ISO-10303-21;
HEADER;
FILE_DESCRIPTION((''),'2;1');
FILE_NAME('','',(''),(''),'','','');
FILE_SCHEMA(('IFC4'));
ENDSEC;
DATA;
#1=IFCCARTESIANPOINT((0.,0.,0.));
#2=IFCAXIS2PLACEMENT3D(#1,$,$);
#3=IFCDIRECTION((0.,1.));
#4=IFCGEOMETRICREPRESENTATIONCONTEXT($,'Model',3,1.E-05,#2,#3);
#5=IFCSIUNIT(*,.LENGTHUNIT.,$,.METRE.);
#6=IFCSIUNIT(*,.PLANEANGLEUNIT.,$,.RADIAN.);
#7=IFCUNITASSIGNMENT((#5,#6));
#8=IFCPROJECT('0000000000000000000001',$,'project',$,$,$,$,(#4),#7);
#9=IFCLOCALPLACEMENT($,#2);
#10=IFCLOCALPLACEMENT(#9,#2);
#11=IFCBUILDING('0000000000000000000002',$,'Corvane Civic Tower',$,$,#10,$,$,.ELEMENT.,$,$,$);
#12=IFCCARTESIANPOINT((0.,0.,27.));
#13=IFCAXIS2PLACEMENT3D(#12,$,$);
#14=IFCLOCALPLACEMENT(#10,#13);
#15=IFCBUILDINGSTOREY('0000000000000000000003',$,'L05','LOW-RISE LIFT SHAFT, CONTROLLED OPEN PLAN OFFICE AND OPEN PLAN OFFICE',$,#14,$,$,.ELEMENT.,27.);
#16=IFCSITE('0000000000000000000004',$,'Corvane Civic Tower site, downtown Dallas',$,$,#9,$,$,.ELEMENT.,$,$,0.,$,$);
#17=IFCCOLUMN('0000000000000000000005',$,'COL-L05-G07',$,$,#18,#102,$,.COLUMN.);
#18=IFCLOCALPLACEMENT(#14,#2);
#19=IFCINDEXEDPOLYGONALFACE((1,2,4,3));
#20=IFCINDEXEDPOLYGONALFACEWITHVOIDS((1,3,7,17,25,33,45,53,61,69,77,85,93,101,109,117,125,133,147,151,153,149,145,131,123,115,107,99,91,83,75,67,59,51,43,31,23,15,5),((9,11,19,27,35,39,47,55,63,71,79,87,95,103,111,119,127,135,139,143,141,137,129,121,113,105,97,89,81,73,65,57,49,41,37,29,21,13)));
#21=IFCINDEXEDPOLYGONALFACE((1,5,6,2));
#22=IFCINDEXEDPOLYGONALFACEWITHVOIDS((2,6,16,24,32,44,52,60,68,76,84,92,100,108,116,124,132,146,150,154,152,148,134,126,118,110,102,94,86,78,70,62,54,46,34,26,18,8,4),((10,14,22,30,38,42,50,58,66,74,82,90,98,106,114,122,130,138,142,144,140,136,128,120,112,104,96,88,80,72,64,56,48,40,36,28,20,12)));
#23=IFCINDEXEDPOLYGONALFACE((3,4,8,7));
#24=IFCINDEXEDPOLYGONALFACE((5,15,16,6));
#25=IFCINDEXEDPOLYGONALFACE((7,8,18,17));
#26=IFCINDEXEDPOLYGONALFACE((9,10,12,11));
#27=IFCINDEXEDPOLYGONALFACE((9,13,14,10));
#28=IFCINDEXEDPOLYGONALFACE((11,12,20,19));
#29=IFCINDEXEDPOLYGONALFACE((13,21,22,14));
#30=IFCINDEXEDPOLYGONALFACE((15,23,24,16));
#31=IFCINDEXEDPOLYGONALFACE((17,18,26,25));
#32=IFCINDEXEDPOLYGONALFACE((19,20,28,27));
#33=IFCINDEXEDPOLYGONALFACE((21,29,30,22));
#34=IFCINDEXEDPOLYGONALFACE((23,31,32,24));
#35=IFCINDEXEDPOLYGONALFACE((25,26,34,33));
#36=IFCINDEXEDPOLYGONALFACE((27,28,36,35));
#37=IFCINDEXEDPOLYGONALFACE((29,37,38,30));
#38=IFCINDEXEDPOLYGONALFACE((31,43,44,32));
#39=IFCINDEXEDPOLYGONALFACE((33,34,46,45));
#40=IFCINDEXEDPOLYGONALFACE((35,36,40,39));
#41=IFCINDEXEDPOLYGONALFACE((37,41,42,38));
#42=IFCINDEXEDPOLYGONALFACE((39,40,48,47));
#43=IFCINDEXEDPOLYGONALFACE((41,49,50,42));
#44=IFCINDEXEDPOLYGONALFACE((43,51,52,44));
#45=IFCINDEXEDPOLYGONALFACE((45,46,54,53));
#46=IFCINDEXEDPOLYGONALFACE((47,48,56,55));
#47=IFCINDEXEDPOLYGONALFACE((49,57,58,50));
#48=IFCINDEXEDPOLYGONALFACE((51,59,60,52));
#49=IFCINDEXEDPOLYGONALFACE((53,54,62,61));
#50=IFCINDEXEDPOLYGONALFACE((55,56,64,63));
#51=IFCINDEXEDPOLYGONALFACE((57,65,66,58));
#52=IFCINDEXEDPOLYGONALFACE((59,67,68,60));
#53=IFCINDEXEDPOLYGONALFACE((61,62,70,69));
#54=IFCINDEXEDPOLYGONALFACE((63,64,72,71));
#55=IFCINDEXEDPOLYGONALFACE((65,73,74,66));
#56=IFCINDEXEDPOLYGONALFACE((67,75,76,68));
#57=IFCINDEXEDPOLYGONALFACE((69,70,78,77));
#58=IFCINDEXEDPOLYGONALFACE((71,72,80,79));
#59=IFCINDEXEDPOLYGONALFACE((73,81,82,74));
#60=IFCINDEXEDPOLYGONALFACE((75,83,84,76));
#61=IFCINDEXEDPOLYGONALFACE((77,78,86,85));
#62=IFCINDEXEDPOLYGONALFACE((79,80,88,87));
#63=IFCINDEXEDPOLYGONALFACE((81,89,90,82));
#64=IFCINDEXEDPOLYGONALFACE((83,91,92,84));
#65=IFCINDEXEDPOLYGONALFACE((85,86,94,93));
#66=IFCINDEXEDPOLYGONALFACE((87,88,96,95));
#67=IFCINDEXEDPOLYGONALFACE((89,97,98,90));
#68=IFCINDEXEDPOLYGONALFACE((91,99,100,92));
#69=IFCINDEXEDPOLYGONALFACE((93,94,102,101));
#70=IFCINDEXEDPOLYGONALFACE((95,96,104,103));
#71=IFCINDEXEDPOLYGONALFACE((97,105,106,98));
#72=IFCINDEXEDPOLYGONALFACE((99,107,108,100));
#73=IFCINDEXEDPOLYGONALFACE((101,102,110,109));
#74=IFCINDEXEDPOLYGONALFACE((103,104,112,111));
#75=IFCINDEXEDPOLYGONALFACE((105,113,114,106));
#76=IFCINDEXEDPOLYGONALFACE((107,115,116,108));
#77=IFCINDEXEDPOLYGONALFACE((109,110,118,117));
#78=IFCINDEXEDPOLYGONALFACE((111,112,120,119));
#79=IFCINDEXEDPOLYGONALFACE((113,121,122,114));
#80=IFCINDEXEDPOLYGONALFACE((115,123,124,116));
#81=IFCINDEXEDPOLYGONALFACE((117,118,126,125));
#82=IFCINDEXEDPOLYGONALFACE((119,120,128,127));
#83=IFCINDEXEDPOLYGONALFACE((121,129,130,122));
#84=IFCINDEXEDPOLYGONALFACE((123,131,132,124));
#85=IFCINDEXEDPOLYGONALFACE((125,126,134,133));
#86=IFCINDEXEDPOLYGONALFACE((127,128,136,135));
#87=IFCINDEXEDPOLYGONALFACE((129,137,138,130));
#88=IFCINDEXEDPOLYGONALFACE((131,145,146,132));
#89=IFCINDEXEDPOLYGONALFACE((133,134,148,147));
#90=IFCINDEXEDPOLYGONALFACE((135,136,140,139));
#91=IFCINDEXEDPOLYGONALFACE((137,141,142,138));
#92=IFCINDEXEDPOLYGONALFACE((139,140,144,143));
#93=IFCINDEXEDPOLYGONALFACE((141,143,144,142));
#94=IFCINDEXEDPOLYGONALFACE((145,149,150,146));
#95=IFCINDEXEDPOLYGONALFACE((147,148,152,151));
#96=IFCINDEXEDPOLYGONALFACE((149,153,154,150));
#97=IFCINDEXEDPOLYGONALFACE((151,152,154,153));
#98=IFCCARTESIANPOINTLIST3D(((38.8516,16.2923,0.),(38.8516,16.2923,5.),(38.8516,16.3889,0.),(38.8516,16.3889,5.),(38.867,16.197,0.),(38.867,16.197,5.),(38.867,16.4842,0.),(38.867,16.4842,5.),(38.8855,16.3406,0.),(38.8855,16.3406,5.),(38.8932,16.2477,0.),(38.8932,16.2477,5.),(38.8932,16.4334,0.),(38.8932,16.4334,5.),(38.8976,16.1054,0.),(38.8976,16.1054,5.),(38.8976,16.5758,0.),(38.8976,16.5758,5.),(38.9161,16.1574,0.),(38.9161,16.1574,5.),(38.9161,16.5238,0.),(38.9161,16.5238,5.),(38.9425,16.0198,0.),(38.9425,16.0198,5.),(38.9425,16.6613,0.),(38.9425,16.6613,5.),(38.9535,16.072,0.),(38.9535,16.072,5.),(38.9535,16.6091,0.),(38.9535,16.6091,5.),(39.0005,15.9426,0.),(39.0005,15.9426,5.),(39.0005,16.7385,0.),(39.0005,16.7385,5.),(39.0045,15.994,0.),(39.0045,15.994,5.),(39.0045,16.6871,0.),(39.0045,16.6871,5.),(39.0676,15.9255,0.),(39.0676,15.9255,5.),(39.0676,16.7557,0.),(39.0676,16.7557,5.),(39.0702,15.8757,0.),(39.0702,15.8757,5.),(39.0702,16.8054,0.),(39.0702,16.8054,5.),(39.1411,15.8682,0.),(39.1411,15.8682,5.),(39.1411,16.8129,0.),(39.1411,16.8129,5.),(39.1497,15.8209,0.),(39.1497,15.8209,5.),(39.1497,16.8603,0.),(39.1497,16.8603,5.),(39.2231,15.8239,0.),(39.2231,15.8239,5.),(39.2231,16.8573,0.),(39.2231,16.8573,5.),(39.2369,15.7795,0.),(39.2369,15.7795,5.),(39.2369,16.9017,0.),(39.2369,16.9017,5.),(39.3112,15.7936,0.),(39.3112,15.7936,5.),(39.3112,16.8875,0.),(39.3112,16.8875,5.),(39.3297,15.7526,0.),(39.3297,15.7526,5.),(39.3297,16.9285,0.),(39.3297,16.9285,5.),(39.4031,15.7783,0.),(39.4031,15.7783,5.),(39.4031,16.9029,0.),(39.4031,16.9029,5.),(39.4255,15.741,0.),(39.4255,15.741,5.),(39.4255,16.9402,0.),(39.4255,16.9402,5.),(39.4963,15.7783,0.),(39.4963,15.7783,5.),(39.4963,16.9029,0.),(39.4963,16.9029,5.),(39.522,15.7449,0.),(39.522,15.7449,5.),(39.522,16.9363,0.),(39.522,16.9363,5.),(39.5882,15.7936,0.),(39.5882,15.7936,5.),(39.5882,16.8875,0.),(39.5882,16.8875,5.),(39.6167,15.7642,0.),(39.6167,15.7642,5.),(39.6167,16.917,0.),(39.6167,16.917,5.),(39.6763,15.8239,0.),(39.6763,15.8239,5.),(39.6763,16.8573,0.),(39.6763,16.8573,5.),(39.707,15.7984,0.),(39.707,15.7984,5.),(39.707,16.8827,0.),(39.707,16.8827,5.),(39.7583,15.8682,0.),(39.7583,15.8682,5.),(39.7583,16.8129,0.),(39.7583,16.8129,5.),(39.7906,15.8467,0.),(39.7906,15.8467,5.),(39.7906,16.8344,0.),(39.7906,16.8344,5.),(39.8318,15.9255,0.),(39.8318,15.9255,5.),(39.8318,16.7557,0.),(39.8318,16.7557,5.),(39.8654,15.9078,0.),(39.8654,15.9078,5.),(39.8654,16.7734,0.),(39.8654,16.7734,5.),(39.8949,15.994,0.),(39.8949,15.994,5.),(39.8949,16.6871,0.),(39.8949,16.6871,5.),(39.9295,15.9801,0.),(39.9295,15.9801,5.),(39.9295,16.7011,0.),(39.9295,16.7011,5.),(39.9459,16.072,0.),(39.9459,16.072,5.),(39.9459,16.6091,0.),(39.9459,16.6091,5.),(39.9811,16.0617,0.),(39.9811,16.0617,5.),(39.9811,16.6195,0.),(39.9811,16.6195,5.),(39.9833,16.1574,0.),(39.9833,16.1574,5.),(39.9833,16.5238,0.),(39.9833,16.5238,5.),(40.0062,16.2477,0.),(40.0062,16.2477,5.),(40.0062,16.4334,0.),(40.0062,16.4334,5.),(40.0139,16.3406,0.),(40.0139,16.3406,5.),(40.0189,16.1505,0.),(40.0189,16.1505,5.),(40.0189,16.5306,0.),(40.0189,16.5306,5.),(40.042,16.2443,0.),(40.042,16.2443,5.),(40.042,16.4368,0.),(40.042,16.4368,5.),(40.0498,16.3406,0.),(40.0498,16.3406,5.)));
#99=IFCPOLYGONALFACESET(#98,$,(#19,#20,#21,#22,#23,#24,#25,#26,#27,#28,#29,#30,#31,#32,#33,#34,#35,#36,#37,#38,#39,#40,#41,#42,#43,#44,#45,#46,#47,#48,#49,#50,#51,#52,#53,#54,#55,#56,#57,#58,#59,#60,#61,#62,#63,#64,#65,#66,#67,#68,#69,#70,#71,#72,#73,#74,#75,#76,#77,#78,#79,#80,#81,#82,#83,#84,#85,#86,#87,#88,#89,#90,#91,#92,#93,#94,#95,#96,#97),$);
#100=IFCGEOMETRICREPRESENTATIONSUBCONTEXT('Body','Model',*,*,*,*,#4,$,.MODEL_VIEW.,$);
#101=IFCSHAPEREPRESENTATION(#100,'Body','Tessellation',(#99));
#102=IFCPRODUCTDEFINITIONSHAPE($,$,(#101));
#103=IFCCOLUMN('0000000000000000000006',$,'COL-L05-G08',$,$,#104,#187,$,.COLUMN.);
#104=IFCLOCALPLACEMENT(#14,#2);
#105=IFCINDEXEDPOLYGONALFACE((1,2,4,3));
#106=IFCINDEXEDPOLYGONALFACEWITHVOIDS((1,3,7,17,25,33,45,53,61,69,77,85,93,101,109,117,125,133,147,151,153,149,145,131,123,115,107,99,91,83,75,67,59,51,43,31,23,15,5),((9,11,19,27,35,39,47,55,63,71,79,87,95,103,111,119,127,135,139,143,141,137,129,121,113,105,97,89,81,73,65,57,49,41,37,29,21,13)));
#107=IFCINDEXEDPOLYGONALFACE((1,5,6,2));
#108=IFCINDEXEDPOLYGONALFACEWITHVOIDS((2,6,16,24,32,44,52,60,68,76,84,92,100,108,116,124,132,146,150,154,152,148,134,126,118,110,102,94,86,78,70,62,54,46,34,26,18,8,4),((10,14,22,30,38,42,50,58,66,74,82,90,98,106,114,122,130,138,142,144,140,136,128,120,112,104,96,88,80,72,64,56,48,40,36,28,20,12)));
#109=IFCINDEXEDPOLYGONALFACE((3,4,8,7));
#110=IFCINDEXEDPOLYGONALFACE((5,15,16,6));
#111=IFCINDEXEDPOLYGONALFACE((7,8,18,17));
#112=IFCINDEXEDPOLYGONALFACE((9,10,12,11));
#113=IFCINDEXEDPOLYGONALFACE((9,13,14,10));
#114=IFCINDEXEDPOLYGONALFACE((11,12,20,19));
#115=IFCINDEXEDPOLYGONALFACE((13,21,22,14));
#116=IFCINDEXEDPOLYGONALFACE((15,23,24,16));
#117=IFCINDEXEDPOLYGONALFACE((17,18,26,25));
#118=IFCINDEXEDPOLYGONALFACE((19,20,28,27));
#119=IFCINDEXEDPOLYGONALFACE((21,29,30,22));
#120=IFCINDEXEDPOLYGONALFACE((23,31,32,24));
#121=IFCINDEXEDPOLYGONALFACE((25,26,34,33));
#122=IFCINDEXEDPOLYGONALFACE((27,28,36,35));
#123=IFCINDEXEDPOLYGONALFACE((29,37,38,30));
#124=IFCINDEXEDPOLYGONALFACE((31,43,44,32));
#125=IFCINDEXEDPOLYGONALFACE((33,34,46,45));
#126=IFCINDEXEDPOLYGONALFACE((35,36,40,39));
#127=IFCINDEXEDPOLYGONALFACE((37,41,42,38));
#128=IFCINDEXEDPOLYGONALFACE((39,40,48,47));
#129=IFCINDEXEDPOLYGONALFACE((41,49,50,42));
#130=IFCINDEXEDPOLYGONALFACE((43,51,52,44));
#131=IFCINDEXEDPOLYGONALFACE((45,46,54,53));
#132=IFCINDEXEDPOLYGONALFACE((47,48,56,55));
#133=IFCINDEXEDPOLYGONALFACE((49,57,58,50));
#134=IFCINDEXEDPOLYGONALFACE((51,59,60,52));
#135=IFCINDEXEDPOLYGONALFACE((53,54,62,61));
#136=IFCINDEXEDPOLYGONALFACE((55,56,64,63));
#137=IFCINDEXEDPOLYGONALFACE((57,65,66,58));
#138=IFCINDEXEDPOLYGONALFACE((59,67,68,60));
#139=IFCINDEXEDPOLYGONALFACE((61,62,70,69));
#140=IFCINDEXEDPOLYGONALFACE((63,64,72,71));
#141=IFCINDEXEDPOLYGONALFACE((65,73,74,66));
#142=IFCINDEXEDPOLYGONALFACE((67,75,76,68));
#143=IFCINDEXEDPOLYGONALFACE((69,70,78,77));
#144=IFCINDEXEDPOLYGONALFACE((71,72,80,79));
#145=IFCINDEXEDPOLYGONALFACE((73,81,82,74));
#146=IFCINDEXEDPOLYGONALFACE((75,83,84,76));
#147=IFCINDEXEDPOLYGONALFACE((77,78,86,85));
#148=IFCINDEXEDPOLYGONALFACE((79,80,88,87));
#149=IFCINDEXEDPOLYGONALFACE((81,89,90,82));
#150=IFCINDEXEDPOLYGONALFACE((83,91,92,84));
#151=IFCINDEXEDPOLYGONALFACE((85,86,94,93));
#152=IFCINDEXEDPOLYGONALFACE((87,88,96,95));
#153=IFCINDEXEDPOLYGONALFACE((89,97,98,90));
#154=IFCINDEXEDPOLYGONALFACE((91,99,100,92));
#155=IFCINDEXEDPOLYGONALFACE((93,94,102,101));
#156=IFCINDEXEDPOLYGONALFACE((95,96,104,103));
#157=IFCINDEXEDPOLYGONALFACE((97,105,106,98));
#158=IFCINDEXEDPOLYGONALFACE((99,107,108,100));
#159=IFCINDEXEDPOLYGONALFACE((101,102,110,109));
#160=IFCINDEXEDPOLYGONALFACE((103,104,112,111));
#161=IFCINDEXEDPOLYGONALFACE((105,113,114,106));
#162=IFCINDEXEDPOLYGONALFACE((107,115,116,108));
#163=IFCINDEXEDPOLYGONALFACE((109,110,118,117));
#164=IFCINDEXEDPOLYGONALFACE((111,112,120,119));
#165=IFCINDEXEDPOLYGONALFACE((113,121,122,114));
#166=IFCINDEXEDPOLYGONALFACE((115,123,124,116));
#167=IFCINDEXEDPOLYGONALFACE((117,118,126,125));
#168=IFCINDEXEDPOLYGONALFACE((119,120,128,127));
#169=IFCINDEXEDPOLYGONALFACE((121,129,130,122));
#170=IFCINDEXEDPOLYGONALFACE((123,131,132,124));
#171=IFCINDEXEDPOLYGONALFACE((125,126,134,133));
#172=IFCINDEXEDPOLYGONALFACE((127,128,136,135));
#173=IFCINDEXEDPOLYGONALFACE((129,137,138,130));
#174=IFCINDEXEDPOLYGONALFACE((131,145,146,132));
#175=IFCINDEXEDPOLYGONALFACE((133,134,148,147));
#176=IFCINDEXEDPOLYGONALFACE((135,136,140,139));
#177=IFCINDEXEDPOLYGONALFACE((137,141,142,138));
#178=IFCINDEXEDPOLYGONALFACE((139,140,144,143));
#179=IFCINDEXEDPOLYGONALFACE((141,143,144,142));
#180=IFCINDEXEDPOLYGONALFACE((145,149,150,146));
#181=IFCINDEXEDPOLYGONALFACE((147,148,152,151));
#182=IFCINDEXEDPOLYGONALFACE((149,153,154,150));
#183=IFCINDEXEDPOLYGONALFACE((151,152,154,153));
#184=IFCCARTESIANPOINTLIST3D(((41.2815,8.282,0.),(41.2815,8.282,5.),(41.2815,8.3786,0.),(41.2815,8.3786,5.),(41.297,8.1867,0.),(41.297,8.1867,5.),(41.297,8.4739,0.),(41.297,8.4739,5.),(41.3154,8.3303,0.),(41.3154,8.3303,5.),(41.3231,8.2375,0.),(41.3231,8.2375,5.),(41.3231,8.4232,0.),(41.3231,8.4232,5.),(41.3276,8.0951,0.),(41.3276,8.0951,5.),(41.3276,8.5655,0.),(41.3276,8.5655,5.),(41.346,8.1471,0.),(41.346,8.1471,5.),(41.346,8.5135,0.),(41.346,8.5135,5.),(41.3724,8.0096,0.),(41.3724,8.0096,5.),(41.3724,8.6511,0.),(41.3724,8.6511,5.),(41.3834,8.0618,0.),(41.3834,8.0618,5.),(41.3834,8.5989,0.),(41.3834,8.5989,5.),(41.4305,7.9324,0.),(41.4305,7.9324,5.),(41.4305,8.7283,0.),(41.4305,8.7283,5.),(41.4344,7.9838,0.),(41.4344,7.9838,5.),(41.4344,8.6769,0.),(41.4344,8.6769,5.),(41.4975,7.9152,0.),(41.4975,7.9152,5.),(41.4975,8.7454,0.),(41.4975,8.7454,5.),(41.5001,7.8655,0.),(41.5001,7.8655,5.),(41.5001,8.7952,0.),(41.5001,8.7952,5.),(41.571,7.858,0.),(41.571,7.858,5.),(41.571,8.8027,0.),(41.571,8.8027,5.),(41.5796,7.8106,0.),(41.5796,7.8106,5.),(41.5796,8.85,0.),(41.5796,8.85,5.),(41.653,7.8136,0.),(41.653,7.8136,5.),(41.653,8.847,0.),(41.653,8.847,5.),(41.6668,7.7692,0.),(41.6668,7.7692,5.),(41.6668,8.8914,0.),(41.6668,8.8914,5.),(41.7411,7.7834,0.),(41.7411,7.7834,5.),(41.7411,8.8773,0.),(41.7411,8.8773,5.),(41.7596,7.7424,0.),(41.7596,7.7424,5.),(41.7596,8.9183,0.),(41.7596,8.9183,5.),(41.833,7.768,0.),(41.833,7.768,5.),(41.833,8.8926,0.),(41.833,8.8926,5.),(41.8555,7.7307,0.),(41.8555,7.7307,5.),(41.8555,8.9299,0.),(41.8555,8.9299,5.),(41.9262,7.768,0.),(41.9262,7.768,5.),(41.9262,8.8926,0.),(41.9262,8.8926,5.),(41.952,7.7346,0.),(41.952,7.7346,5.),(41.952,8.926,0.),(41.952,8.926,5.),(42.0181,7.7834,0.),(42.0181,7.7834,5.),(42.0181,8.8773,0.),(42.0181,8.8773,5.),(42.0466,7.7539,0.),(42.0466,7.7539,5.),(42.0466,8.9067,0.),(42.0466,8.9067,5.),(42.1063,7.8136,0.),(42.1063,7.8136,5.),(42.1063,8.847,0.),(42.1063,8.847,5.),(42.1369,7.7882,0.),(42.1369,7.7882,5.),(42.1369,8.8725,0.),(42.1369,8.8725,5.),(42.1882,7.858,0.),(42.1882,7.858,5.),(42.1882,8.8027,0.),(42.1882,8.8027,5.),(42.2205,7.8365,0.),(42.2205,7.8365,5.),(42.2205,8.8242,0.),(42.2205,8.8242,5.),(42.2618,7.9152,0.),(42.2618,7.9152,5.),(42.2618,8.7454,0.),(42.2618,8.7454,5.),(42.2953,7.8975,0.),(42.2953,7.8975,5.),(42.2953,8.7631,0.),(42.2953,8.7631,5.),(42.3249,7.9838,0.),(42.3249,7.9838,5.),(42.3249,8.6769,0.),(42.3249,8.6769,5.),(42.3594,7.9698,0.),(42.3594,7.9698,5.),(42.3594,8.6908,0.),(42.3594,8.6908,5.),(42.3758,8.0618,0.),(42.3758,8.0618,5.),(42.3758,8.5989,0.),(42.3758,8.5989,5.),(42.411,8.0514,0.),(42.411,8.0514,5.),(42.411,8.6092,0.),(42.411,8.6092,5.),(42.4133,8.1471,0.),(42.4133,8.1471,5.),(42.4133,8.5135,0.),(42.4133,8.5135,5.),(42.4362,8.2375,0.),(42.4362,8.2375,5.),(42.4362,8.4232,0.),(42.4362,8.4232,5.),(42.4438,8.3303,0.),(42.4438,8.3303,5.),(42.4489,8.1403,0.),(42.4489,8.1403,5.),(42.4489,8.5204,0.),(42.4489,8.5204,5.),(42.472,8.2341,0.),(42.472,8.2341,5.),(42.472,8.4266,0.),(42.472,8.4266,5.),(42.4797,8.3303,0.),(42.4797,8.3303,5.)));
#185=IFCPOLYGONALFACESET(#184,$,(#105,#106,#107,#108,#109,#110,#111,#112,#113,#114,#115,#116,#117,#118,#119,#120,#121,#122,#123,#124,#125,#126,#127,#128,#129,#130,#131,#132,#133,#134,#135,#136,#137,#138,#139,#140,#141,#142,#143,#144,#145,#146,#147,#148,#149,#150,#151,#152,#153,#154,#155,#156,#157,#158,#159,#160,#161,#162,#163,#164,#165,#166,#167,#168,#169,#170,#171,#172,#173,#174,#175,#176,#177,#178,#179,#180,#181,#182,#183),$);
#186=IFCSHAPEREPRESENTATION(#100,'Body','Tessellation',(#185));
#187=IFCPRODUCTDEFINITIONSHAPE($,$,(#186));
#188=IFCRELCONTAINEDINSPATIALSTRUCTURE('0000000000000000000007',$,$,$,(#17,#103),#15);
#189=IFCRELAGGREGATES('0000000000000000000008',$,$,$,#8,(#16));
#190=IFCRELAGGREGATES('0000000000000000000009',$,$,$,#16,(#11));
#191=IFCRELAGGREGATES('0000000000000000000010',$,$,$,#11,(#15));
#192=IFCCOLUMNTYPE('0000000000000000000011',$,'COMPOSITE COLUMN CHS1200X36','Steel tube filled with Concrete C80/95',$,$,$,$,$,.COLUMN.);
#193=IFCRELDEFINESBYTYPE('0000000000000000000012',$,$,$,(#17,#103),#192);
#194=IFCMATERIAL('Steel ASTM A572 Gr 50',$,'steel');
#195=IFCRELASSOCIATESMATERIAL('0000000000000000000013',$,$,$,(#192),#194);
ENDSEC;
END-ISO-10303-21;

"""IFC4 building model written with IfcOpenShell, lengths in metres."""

from ifc_helpers import new_model, si_unit, direction, frame, origin, origin_2d, place, context, subcontext, project, spatial, hollow_circle, extrude, material, material_profile, profile_set, type_object, element, save


model = new_model("IFC4")

# Units and contexts
model_context = context("Model", 3, precision=1e-05, world=origin(), true_north=direction((0.0, 1.0)))
body_context = subcontext(model_context, "Body", "Model", "MODEL_VIEW")
ifc_project = project(units=[si_unit("LENGTHUNIT", "METRE"), si_unit("PLANEANGLEUNIT", "RADIAN")], contexts=[model_context])

# Site, building, storey
site_placement = place(None, origin())
site = spatial("IfcSite", under=ifc_project, at=site_placement, Name="Corvane Civic Tower site, downtown Dallas", CompositionType="ELEMENT", RefElevation=0.0)
building_placement = place(site_placement, origin())
building = spatial("IfcBuilding", under=site, at=building_placement, Name="Corvane Civic Tower", CompositionType="ELEMENT")
storey_placement = place(building_placement, frame((0.0, 0.0, 27.0)))
storey = spatial("IfcBuildingStorey", under=building, at=storey_placement, Name="L05", Description="LOW-RISE LIFT SHAFT, CONTROLLED OPEN PLAN OFFICE AND OPEN PLAN OFFICE", CompositionType="ELEMENT", Elevation=27.0)

# Columns
ifc_material_1 = material(Name="Steel ASTM A572 Gr 50", Category="steel")
ifc_material_profile_1 = material_profile(ifc_material_1, hollow_circle(Radius=0.6001, WallThickness=0.0359, at=origin_2d()), Name="CHS1200X36")
ifc_profile_set_1 = profile_set([ifc_material_profile_1], Name="Steel ASTM A572 Gr 50")
column_type_1 = type_object("IfcColumnType", Name="COMPOSITE COLUMN CHS1200X36", Description="Steel tube filled with Concrete C80/95", PredefinedType="COLUMN", material=ifc_profile_set_1)
for number, where, z_axis, x_axis, name in (
    (1, (39.4497, 16.3406, 0.0), (0.0, 0.0, 1.0), (1.0, 0.0, 0.0), "COL-L05-G07"),
    (2, (41.8796, 8.3303, 0.0), (0.0, 0.0, 1.0), (1.0, 0.0, 0.0), "COL-L05-G08"),
):
    element("IfcColumn", number, at=place(storey_placement, frame(where, z_axis=z_axis, x_axis=x_axis)), inside=storey, type_object=column_type_1, Name=name, PredefinedType="COLUMN", context=body_context, shape_type="SweptSolid", body=[
        extrude(hollow_circle(Radius=0.6001, WallThickness=0.0359, at=origin_2d()), origin(), (0.0, 0.0, 1.0), 5.0),
    ])

save(model, "model.ifc")
